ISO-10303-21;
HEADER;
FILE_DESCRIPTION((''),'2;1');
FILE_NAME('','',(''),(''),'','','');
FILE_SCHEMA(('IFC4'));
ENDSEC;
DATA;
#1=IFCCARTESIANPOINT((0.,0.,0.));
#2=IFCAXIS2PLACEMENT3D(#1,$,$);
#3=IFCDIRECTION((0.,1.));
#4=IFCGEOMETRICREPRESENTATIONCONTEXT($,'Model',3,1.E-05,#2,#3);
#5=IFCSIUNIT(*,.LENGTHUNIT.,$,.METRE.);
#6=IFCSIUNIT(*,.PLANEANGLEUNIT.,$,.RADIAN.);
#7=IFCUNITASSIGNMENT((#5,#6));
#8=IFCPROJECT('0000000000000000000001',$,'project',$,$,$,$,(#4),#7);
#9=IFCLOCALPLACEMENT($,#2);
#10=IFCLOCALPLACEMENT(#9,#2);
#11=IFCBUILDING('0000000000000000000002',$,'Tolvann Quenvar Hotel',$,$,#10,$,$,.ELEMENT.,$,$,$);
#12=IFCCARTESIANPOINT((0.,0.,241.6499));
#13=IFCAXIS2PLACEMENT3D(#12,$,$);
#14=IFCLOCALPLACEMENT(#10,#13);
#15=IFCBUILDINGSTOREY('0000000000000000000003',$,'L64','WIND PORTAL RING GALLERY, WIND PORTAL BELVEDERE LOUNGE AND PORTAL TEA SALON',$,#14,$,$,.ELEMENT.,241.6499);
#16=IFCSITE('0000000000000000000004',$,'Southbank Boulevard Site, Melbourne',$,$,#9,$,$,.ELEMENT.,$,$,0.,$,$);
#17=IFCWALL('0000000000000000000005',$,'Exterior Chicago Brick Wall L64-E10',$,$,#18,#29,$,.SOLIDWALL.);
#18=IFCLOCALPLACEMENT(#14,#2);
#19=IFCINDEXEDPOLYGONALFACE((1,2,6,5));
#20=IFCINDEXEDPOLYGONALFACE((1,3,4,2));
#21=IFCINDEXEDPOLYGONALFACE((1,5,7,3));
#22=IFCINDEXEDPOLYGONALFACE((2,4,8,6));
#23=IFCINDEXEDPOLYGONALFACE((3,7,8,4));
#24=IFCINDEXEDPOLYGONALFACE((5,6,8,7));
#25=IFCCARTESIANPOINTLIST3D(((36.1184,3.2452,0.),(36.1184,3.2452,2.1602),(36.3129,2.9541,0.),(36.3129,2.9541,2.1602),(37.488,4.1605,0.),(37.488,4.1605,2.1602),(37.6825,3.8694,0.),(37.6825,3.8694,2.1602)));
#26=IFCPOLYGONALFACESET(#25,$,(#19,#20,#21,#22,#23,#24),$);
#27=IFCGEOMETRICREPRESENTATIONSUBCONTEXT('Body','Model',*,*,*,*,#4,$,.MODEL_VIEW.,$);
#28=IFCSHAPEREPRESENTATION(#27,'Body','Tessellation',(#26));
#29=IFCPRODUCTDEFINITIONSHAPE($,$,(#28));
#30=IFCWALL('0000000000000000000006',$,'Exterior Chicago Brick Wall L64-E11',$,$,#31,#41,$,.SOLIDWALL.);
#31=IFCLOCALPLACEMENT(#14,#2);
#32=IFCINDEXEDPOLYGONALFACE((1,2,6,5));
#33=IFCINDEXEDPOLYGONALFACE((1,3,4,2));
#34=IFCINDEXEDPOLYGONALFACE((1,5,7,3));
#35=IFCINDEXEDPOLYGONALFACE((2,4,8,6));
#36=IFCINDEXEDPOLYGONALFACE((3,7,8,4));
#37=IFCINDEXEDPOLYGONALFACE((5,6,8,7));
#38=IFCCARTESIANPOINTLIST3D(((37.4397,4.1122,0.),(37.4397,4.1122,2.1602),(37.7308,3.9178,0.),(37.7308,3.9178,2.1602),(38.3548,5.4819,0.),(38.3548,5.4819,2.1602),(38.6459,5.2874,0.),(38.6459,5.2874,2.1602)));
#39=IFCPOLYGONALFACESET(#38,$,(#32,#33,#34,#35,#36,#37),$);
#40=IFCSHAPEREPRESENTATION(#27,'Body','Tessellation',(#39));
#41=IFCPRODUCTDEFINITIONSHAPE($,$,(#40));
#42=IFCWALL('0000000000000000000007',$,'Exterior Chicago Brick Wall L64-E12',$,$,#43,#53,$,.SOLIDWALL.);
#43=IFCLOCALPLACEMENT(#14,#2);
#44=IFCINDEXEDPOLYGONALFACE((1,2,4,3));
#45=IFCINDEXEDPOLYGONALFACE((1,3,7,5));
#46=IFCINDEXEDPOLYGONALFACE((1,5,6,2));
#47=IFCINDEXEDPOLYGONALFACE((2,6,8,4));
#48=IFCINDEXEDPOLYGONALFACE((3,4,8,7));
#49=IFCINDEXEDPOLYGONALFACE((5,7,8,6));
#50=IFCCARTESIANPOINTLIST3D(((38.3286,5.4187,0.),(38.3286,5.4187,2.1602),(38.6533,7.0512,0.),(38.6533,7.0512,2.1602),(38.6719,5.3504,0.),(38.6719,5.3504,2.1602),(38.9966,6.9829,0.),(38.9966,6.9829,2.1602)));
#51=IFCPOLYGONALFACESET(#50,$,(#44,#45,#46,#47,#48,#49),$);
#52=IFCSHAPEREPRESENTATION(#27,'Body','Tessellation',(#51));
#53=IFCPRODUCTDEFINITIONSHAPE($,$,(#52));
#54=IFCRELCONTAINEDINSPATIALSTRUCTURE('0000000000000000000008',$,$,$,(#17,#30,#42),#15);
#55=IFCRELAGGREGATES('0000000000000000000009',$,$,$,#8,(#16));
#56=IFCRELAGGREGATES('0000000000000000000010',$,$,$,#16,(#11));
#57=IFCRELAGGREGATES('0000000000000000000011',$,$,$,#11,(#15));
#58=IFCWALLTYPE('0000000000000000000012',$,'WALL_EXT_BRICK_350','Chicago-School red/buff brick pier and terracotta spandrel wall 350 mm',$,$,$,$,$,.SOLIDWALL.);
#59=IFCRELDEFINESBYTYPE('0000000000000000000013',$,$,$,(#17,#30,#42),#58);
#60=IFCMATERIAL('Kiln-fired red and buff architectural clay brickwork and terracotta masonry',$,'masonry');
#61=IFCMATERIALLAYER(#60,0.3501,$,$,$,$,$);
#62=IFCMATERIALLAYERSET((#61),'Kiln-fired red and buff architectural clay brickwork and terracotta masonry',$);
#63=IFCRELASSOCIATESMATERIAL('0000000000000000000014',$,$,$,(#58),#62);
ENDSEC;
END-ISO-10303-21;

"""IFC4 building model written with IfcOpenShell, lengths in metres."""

from ifc_helpers import new_model, si_unit, direction, frame, frame_2d, origin, place, context, subcontext, project, spatial, rectangle, extrude, material, layer, layer_set, type_object, element, save


model = new_model("IFC4")

# Units and contexts
model_context = context("Model", 3, precision=1e-05, world=origin(), true_north=direction((0.0, 1.0)))
body_context = subcontext(model_context, "Body", "Model", "MODEL_VIEW")
ifc_project = project(units=[si_unit("LENGTHUNIT", "METRE"), si_unit("PLANEANGLEUNIT", "RADIAN")], contexts=[model_context])

# Site, building, storey
site_placement = place(None, origin())
site = spatial("IfcSite", under=ifc_project, at=site_placement, Name="Southbank Boulevard Site, Melbourne", CompositionType="ELEMENT", RefElevation=0.0)
building_placement = place(site_placement, origin())
building = spatial("IfcBuilding", under=site, at=building_placement, Name="Tolvann Quenvar Hotel", CompositionType="ELEMENT")
storey_placement = place(building_placement, frame((0.0, 0.0, 241.6499)))
storey = spatial("IfcBuildingStorey", under=building, at=storey_placement, Name="L64", Description="WIND PORTAL RING GALLERY, WIND PORTAL BELVEDERE LOUNGE AND PORTAL TEA SALON", CompositionType="ELEMENT", Elevation=241.6499)

# Walls
ifc_material_1 = material(Name="Kiln-fired red and buff architectural clay brickwork and terracotta masonry", Category="masonry")
ifc_layer = layer(ifc_material_1, 0.3501)
ifc_layer_set = layer_set([ifc_layer], Name="Kiln-fired red and buff architectural clay brickwork and terracotta masonry")
wall_type = type_object("IfcWallType", Name="WALL_EXT_BRICK_350", Description="Chicago-School red/buff brick pier and terracotta spandrel wall 350 mm", PredefinedType="SOLIDWALL", material=ifc_layer_set)
for number, where, z_axis, x_axis, name in (
    (1, (36.2156, 3.0996, 0.0), (0.0, 0.0, 1.0), (0.831434, 0.555623, 0.0), "Exterior Chicago Brick Wall L64-E10"),
    (2, (37.5852, 4.0149, 0.0), (0.0, 0.0, 1.0), (0.555521, 0.831503, 0.0), "Exterior Chicago Brick Wall L64-E11"),
):
    element("IfcWall", number, at=place(storey_placement, frame(where, z_axis=z_axis, x_axis=x_axis)), inside=storey, type_object=wall_type, Name=name, PredefinedType="SOLIDWALL", context=body_context, shape_type="SweptSolid", body=[
        extrude(rectangle(XDim=1.6472, YDim=0.3501, at=frame_2d((0.8237, 0.0))), origin(), (0.0, 0.0, 1.0), 2.1602),
    ])
wall_1_placement = place(storey_placement, frame((38.5002, 5.3845, 0.0), z_axis=(0.0, 0.0, 1.0), x_axis=(0.195072, 0.980789, 0.0)))
element("IfcWall", 3, at=wall_1_placement, inside=storey, type_object=wall_type, Name="Exterior Chicago Brick Wall L64-E12", PredefinedType="SOLIDWALL", context=body_context, shape_type="SweptSolid", body=[
    extrude(rectangle(XDim=1.6646, YDim=0.3501, at=frame_2d((0.8323, 0.0))), origin(), (0.0, 0.0, 1.0), 2.1602),
])

save(model, "model.ifc")
